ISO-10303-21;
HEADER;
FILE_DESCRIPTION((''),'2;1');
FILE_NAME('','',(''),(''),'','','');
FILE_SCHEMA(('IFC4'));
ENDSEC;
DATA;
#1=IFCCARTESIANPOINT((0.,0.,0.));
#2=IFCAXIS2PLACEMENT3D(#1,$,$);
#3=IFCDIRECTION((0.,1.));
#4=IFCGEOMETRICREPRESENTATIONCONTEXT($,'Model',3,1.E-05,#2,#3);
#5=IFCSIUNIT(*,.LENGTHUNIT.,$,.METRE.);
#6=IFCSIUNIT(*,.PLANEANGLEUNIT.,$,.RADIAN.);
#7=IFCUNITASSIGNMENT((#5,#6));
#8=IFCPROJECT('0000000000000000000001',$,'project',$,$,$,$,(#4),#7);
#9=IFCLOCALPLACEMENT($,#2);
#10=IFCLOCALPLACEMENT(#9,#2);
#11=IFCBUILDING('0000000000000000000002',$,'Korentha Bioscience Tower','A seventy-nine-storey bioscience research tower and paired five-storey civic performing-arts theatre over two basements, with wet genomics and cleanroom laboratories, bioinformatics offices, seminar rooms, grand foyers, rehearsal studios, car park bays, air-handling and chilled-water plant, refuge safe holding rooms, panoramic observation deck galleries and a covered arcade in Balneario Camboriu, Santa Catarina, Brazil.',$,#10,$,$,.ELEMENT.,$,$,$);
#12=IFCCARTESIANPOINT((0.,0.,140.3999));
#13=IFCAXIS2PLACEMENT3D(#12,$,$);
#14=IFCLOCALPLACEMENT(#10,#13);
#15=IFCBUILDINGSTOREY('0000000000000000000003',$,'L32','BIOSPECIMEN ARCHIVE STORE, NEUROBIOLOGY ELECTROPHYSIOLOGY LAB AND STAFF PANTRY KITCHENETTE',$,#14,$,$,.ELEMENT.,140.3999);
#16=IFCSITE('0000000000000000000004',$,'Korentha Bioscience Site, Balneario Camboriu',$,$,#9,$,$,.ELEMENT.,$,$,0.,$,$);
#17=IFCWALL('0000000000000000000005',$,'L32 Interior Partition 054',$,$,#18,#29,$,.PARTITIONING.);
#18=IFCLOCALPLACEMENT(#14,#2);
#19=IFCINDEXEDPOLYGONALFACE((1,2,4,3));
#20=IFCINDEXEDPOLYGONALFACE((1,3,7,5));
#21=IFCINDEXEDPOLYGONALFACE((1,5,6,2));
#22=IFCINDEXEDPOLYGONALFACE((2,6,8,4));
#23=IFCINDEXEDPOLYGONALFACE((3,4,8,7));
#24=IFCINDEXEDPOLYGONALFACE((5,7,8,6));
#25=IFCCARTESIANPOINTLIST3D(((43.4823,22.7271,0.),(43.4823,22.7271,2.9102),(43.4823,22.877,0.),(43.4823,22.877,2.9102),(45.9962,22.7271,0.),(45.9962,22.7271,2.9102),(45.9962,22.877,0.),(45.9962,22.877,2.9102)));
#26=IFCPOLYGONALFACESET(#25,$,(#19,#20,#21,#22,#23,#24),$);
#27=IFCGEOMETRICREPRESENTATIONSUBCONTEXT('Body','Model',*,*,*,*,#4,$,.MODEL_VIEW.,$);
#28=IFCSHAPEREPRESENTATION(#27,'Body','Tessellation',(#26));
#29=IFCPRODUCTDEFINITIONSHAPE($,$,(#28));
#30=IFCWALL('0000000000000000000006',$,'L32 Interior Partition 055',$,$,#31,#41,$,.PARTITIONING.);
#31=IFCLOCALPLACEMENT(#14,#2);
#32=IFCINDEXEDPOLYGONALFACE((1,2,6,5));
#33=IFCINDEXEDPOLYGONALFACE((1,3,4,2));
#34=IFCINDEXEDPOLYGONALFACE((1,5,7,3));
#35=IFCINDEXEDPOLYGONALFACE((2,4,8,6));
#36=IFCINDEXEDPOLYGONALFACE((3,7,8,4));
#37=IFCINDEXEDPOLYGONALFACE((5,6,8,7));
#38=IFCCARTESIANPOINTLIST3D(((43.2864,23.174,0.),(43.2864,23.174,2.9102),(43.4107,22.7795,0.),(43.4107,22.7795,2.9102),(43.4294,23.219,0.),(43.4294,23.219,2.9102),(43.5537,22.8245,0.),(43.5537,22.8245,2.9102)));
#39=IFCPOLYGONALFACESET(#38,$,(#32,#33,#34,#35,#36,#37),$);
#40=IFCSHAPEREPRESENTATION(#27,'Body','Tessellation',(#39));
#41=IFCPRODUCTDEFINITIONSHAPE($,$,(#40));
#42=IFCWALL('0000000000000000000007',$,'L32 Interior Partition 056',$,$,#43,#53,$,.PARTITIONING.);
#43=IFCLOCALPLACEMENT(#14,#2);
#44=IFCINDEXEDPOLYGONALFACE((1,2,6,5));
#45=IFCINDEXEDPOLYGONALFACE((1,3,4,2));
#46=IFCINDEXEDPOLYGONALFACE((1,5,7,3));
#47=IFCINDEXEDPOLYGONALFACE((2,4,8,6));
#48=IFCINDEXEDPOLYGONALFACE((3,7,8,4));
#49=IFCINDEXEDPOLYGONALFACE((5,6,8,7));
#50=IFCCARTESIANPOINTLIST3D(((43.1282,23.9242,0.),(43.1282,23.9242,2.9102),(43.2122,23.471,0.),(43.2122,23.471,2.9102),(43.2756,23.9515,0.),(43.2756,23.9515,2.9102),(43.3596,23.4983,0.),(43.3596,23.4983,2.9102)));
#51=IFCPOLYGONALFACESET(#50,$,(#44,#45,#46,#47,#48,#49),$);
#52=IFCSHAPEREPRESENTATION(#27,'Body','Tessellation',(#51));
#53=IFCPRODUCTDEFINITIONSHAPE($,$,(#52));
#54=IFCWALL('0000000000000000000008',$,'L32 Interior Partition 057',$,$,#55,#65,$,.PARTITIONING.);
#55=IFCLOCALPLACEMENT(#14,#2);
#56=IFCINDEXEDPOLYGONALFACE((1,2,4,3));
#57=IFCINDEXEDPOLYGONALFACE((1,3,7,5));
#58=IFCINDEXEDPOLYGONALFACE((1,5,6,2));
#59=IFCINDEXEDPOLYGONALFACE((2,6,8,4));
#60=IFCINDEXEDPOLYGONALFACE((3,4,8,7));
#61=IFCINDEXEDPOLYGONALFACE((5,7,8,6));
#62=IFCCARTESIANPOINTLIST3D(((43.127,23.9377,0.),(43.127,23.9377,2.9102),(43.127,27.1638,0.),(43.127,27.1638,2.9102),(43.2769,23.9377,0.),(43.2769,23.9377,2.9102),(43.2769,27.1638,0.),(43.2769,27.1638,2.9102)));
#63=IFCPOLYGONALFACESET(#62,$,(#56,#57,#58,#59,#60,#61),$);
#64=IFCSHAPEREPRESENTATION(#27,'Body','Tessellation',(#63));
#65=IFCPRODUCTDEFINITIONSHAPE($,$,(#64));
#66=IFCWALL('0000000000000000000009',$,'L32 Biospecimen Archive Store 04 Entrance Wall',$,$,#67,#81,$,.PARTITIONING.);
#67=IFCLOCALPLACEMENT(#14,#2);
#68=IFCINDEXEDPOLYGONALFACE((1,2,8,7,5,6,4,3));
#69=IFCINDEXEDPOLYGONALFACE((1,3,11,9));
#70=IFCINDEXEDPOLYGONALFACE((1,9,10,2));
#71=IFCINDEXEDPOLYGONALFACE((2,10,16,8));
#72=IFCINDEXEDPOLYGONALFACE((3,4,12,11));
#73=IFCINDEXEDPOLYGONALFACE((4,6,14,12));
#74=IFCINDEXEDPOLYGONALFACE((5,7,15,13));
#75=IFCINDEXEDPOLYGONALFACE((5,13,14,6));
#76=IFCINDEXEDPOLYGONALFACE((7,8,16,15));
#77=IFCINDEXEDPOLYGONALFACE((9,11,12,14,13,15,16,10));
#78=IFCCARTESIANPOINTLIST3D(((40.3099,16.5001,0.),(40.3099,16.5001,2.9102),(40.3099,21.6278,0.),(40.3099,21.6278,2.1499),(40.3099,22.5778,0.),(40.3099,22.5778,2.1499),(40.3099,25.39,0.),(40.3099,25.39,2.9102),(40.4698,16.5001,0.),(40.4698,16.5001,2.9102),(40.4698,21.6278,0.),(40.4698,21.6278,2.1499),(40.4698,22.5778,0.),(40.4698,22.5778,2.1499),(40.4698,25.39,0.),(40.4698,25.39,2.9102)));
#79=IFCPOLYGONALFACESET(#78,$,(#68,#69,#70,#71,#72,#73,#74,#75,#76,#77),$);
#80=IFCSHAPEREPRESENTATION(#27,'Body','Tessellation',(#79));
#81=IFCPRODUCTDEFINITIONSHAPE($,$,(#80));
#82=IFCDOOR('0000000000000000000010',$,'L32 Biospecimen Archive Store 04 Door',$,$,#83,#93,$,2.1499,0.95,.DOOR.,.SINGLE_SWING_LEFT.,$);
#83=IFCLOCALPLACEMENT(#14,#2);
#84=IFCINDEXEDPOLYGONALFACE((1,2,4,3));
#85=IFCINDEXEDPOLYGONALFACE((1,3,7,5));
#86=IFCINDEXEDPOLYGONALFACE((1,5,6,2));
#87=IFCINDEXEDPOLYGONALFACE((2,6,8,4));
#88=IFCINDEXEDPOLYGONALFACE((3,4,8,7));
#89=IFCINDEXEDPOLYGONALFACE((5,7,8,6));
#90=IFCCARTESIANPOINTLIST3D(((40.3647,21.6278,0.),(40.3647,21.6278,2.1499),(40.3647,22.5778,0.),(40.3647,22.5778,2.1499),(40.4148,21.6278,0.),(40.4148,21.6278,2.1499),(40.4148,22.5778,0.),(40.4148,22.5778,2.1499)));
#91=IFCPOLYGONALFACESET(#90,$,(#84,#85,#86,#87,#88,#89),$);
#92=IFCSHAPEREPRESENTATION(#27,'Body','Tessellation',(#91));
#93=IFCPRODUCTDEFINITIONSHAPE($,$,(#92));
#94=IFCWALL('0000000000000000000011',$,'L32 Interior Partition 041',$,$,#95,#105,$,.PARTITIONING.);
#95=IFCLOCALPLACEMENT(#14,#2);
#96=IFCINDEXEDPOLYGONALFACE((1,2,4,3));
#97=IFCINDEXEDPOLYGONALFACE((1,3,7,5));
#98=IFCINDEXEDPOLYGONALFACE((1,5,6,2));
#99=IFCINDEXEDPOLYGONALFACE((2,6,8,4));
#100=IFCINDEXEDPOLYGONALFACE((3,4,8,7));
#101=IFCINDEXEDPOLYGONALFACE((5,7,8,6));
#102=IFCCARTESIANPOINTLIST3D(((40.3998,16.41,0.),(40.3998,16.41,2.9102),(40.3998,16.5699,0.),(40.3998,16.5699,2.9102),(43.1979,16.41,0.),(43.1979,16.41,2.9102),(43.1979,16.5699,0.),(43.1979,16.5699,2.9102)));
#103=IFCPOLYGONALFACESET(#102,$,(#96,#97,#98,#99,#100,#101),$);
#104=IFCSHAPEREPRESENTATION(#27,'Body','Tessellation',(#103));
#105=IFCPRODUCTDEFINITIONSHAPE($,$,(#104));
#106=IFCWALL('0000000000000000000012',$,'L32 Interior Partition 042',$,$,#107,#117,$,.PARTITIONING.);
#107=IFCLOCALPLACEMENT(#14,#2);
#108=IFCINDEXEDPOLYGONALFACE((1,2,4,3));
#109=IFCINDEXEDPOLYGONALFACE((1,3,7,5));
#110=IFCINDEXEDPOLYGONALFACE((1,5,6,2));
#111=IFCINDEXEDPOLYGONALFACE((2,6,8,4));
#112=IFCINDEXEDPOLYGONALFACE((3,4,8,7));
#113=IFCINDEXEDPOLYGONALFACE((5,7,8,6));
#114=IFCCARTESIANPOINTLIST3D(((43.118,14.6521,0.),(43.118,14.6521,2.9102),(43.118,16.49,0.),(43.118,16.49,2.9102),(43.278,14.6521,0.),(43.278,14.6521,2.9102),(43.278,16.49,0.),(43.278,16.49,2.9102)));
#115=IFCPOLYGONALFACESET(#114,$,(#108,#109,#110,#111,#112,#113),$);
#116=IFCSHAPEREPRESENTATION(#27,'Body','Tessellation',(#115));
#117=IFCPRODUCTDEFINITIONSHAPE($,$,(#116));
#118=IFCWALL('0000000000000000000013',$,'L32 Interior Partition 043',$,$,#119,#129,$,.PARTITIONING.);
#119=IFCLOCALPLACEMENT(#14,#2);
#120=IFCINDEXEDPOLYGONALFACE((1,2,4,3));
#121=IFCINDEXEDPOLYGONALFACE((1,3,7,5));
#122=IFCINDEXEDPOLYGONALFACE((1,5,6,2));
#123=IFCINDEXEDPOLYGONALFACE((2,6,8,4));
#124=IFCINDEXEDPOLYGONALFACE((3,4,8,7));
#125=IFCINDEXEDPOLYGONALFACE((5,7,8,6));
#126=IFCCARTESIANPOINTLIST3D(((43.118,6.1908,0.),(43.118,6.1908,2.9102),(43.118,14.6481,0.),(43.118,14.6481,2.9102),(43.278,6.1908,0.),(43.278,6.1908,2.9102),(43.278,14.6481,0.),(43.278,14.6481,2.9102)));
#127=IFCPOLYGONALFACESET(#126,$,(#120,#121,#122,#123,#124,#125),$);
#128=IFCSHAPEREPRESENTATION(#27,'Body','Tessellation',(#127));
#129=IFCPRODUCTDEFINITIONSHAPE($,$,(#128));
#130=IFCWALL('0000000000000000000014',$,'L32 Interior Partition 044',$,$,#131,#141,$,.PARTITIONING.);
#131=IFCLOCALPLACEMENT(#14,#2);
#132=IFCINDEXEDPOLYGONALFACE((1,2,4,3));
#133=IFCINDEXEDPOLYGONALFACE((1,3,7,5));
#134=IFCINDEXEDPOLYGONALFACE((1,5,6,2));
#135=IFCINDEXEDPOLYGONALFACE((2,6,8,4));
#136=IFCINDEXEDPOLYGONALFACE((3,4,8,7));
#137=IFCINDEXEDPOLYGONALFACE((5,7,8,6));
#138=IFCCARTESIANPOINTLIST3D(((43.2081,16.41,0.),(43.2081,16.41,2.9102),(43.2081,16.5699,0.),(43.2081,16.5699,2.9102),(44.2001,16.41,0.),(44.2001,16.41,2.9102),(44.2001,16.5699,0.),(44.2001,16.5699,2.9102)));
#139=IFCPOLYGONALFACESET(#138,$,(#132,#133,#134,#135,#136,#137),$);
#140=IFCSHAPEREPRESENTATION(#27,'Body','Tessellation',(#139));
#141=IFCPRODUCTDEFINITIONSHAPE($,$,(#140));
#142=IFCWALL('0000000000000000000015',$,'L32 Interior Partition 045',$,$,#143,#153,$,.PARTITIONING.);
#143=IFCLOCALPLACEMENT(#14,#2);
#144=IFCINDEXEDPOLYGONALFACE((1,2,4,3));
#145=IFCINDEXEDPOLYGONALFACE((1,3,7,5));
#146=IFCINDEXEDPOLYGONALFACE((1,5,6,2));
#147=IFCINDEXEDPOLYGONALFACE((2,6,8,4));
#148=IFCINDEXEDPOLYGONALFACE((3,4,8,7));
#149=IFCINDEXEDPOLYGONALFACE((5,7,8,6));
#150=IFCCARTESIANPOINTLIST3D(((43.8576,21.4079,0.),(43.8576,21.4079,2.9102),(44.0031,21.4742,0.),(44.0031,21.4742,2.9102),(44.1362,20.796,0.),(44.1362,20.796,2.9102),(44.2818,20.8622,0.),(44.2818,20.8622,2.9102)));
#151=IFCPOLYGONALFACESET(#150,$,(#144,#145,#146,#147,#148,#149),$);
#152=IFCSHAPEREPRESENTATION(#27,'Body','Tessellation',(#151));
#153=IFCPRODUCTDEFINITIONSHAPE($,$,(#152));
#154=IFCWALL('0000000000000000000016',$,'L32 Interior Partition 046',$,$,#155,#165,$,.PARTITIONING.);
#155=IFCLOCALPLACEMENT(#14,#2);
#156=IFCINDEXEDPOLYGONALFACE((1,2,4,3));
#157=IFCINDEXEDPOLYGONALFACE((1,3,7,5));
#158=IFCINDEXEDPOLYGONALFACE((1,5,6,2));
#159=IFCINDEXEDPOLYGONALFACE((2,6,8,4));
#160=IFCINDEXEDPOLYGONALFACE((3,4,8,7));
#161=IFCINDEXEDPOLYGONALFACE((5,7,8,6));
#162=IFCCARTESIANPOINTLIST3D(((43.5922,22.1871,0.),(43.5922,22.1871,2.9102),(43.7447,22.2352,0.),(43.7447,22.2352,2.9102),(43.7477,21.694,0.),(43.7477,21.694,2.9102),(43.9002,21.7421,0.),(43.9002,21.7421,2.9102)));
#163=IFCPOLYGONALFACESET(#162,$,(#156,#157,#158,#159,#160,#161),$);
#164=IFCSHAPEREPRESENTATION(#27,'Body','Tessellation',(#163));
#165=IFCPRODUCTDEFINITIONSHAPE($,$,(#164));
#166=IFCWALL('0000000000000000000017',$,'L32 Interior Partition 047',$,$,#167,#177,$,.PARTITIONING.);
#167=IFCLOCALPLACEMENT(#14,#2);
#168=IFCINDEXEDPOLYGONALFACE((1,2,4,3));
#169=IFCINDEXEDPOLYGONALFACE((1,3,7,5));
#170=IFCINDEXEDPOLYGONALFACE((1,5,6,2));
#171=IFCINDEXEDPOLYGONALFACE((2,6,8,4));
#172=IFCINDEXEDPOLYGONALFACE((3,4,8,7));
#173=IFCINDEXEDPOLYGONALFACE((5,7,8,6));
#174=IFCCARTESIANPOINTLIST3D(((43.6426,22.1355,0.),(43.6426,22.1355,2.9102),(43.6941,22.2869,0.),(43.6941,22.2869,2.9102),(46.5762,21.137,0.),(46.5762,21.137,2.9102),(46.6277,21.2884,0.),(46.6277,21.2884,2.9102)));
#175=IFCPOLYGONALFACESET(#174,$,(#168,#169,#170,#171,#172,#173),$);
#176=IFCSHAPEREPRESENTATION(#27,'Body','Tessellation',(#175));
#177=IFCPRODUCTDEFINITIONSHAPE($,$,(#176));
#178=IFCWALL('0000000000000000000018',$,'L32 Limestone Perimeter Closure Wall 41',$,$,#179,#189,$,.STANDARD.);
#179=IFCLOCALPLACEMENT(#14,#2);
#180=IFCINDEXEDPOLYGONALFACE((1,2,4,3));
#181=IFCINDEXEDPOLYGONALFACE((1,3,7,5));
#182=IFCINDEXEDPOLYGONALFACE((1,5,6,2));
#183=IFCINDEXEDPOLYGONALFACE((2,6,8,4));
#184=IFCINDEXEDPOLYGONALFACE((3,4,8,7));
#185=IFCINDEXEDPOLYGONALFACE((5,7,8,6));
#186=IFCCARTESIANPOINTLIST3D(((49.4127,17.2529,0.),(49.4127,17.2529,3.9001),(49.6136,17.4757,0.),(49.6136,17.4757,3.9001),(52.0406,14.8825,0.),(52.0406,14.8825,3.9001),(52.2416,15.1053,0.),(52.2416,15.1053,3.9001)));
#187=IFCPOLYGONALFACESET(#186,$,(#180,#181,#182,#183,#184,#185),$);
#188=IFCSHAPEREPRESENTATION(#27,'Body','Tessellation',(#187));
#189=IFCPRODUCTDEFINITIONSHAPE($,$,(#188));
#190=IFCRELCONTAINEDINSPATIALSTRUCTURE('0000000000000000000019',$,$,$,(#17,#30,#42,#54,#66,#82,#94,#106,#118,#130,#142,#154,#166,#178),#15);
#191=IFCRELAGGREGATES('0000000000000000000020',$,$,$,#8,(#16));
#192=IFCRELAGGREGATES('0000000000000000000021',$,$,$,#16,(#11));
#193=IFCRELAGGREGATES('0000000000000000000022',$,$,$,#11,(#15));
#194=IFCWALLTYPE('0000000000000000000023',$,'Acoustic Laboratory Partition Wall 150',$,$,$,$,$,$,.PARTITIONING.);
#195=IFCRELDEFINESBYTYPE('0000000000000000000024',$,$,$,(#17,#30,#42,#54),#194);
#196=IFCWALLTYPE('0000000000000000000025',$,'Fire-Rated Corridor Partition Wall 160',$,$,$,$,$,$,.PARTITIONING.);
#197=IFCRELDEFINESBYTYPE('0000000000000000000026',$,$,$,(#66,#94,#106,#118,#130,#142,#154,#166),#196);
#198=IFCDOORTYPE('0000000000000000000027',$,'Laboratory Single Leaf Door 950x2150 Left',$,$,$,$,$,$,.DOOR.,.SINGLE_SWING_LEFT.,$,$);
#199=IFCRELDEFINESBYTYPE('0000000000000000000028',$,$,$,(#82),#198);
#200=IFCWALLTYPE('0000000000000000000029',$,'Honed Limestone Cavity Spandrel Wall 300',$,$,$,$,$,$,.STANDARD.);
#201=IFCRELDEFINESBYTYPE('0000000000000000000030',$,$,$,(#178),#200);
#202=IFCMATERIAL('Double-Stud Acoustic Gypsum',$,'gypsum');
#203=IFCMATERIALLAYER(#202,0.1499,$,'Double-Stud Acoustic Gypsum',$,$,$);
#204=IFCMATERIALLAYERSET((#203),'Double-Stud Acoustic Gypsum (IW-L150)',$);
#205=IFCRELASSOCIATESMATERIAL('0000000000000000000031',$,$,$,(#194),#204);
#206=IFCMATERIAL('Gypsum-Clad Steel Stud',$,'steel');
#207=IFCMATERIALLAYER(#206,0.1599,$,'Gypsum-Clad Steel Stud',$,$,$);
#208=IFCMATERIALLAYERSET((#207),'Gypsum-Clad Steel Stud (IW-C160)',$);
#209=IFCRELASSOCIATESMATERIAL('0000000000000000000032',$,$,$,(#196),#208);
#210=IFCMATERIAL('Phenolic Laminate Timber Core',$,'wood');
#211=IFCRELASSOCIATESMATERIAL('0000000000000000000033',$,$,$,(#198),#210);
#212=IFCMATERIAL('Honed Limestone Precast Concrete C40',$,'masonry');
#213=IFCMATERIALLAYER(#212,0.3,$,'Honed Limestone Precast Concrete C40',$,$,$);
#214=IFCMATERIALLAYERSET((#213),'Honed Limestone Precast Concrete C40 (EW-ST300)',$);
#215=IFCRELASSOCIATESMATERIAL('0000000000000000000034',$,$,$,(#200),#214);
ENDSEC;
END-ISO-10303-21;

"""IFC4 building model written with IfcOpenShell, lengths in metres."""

from ifc_helpers import new_model, si_unit, direction, frame, frame_2d, origin, place, context, subcontext, project, spatial, rectangle, extrude, material, layer, layer_set, type_object, element, fill, save


model = new_model("IFC4")

# Units and contexts
model_context = context("Model", 3, precision=1e-05, world=origin(), true_north=direction((0.0, 1.0)))
body_context = subcontext(model_context, "Body", "Model", "MODEL_VIEW")
ifc_project = project(units=[si_unit("LENGTHUNIT", "METRE"), si_unit("PLANEANGLEUNIT", "RADIAN")], contexts=[model_context])

# Site, building, storey
site_placement = place(None, origin())
site = spatial("IfcSite", under=ifc_project, at=site_placement, Name="Korentha Bioscience Site, Balneario Camboriu", CompositionType="ELEMENT", RefElevation=0.0)
building_placement = place(site_placement, origin())
building = spatial("IfcBuilding", under=site, at=building_placement, Name="Korentha Bioscience Tower", Description="A seventy-nine-storey bioscience research tower and paired five-storey civic performing-arts theatre over two basements, with wet genomics and cleanroom laboratories, bioinformatics offices, seminar rooms, grand foyers, rehearsal studios, car park bays, air-handling and chilled-water plant, refuge safe holding rooms, panoramic observation deck galleries and a covered arcade in Balneario Camboriu, Santa Catarina, Brazil.", CompositionType="ELEMENT")
storey_placement = place(building_placement, frame((0.0, 0.0, 140.3999)))
storey = spatial("IfcBuildingStorey", under=building, at=storey_placement, Name="L32", Description="BIOSPECIMEN ARCHIVE STORE, NEUROBIOLOGY ELECTROPHYSIOLOGY LAB AND STAFF PANTRY KITCHENETTE", CompositionType="ELEMENT", Elevation=140.3999)

# Walls
ifc_material_1 = material(Name="Double-Stud Acoustic Gypsum", Category="gypsum")
ifc_layer_1 = layer(ifc_material_1, 0.1499, Name="Double-Stud Acoustic Gypsum")
ifc_layer_set_1 = layer_set([ifc_layer_1], Name="Double-Stud Acoustic Gypsum (IW-L150)")
wall_type_1 = type_object("IfcWallType", Name="Acoustic Laboratory Partition Wall 150", PredefinedType="PARTITIONING", material=ifc_layer_set_1)
wall_1_placement = place(storey_placement, frame((45.9961, 22.802, 0.0), z_axis=(0.0, 0.0, 1.0), x_axis=(-1.0, 0.0, 0.0)))
element("IfcWall", 1, at=wall_1_placement, inside=storey, type_object=wall_type_1, Name="L32 Interior Partition 054", PredefinedType="PARTITIONING", context=body_context, shape_type="SweptSolid", body=[
    extrude(rectangle(XDim=2.5139, YDim=0.1499, at=frame_2d((1.2568, 0.0))), origin(), (0.0, 0.0, 1.0), 2.9102),
])
wall_2_placement = place(storey_placement, frame((43.4822, 22.802, 0.0), z_axis=(0.0, 0.0, 1.0), x_axis=(-0.300425, 0.953805, 0.0)))
element("IfcWall", 2, at=wall_2_placement, inside=storey, type_object=wall_type_1, Name="L32 Interior Partition 055", PredefinedType="PARTITIONING", context=body_context, shape_type="SweptSolid", body=[
    extrude(rectangle(XDim=0.4136, YDim=0.1499, at=frame_2d((0.2068, 0.0))), origin(), (0.0, 0.0, 1.0), 2.9102),
])
wall_3_placement = place(storey_placement, frame((43.2859, 23.4846, 0.0), z_axis=(0.0, 0.0, 1.0), x_axis=(-0.182241, 0.983254, 0.0)))
element("IfcWall", 3, at=wall_3_placement, inside=storey, type_object=wall_type_1, Name="L32 Interior Partition 056", PredefinedType="PARTITIONING", context=body_context, shape_type="SweptSolid", body=[
    extrude(rectangle(XDim=0.4609, YDim=0.1499, at=frame_2d((0.2305, 0.0))), origin(), (0.0, 0.0, 1.0), 2.9102),
])
wall_4_placement = place(storey_placement, frame((43.2019, 23.9377, 0.0), z_axis=(0.0, 0.0, 1.0), x_axis=(0.0, 1.0, 0.0)))
element("IfcWall", 4, at=wall_4_placement, inside=storey, type_object=wall_type_1, Name="L32 Interior Partition 057", PredefinedType="PARTITIONING", context=body_context, shape_type="SweptSolid", body=[
    extrude(rectangle(XDim=3.2261, YDim=0.1499, at=frame_2d((1.613, 0.0))), origin(), (0.0, 0.0, 1.0), 2.9102),
])

# Wall, opening, door
ifc_material_2 = material(Name="Gypsum-Clad Steel Stud", Category="steel")
ifc_layer_2 = layer(ifc_material_2, 0.1599, Name="Gypsum-Clad Steel Stud")
ifc_layer_set_2 = layer_set([ifc_layer_2], Name="Gypsum-Clad Steel Stud (IW-C160)")
wall_type_2 = type_object("IfcWallType", Name="Fire-Rated Corridor Partition Wall 160", PredefinedType="PARTITIONING", material=ifc_layer_set_2)
wall_5_placement = place(storey_placement, frame((40.3899, 25.3899, 0.0), z_axis=(0.0, 0.0, 1.0), x_axis=(0.0, -1.0, 0.0)))
wall_5 = element("IfcWall", 5, at=wall_5_placement, inside=storey, type_object=wall_type_2, Name="L32 Biospecimen Archive Store 04 Entrance Wall", PredefinedType="PARTITIONING", context=body_context, shape_type="SweptSolid", body=[
    extrude(rectangle(XDim=8.8899, YDim=0.1599, at=frame_2d((4.4448, 0.0))), origin(), (0.0, 0.0, 1.0), 2.9102),
])
opening_1_placement = place(wall_5_placement, frame((2.812, 0.0, 0.0)))
opening_1 = element("IfcOpeningElement", 6, at=opening_1_placement, cuts=wall_5, PredefinedType="OPENING", context=body_context, shape_type="SweptSolid", body=[
    extrude(rectangle(XDim=0.95, YDim=2.1499, at=frame_2d((0.4751, 1.075))), frame((0.0, 0.0947, 0.0), z_axis=(0.0, -1.0, 0.0), x_axis=(1.0, 0.0, 0.0)), (0.0, 0.0, 1.0), 0.1897),
])
ifc_material_3 = material(Name="Phenolic Laminate Timber Core", Category="wood")
door_type_1 = type_object("IfcDoorType", Name="Laboratory Single Leaf Door 950x2150 Left", OperationType="SINGLE_SWING_LEFT", PredefinedType="DOOR", material=ifc_material_3)
door_1_placement = place(opening_1_placement, origin())
door_1 = element("IfcDoor", 7, at=door_1_placement, inside=storey, type_object=door_type_1, Name="L32 Biospecimen Archive Store 04 Door", OperationType="SINGLE_SWING_LEFT", OverallHeight=2.1499, OverallWidth=0.95, PredefinedType="DOOR", context=body_context, shape_type="SweptSolid", body=[
    extrude(rectangle(XDim=0.95, YDim=2.1499, at=frame_2d((0.4751, 1.075))), frame((0.0, 0.0249, 0.0), z_axis=(0.0, -1.0, 0.0), x_axis=(1.0, 0.0, 0.0)), (0.0, 0.0, 1.0), 0.05),
])
fill(opening_1, door_1)

# Walls
wall_6_placement = place(storey_placement, frame((40.3999, 16.49, 0.0), z_axis=(0.0, 0.0, 1.0), x_axis=(1.0, 0.0, 0.0)))
element("IfcWall", 8, at=wall_6_placement, inside=storey, type_object=wall_type_2, Name="L32 Interior Partition 041", PredefinedType="PARTITIONING", context=body_context, shape_type="SweptSolid", body=[
    extrude(rectangle(XDim=2.7981, YDim=0.1599, at=frame_2d((1.3989, 0.0))), origin(), (0.0, 0.0, 1.0), 2.9102),
])
wall_7_placement = place(storey_placement, frame((43.198, 16.49, 0.0), z_axis=(0.0, 0.0, 1.0), x_axis=(0.0, -1.0, 0.0)))
element("IfcWall", 9, at=wall_7_placement, inside=storey, type_object=wall_type_2, Name="L32 Interior Partition 042", PredefinedType="PARTITIONING", context=body_context, shape_type="SweptSolid", body=[
    extrude(rectangle(XDim=1.8379, YDim=0.1599, at=frame_2d((0.9189, 0.0))), origin(), (0.0, 0.0, 1.0), 2.9102),
])
wall_8_placement = place(storey_placement, frame((43.198, 14.6479, 0.0), z_axis=(0.0, 0.0, 1.0), x_axis=(0.0, -1.0, 0.0)))
element("IfcWall", 10, at=wall_8_placement, inside=storey, type_object=wall_type_2, Name="L32 Interior Partition 043", PredefinedType="PARTITIONING", context=body_context, shape_type="SweptSolid", body=[
    extrude(rectangle(XDim=8.4573, YDim=0.1599, at=frame_2d((4.2285, 0.0))), origin(), (0.0, 0.0, 1.0), 2.9102),
])
wall_9_placement = place(storey_placement, frame((43.208, 16.49, 0.0), z_axis=(0.0, 0.0, 1.0), x_axis=(1.0, 0.0, 0.0)))
element("IfcWall", 11, at=wall_9_placement, inside=storey, type_object=wall_type_2, Name="L32 Interior Partition 044", PredefinedType="PARTITIONING", context=body_context, shape_type="SweptSolid", body=[
    extrude(rectangle(XDim=0.9919, YDim=0.1599, at=frame_2d((0.4961, 0.0))), origin(), (0.0, 0.0, 1.0), 2.9102),
])
wall_10_placement = place(storey_placement, frame((44.209, 20.8291, 0.0), z_axis=(0.0, 0.0, 1.0), x_axis=(-0.414377, 0.910105, 0.0)))
element("IfcWall", 12, at=wall_10_placement, inside=storey, type_object=wall_type_2, Name="L32 Interior Partition 045", PredefinedType="PARTITIONING", context=body_context, shape_type="SweptSolid", body=[
    extrude(rectangle(XDim=0.6724, YDim=0.1599, at=frame_2d((0.3362, 0.0))), origin(), (0.0, 0.0, 1.0), 2.9102),
])
wall_11_placement = place(storey_placement, frame((43.824, 21.718, 0.0), z_axis=(0.0, 0.0, 1.0), x_axis=(-0.300747, 0.953704, 0.0)))
element("IfcWall", 13, at=wall_11_placement, inside=storey, type_object=wall_type_2, Name="L32 Interior Partition 046", PredefinedType="PARTITIONING", context=body_context, shape_type="SweptSolid", body=[
    extrude(rectangle(XDim=0.5171, YDim=0.1599, at=frame_2d((0.2585, 0.0))), origin(), (0.0, 0.0, 1.0), 2.9102),
])
wall_12_placement = place(storey_placement, frame((43.6685, 22.2112, 0.0), z_axis=(0.0, 0.0, 1.0), x_axis=(0.946663, -0.322225, 0.0)))
element("IfcWall", 14, at=wall_12_placement, inside=storey, type_object=wall_type_2, Name="L32 Interior Partition 047", PredefinedType="PARTITIONING", context=body_context, shape_type="SweptSolid", body=[
    extrude(rectangle(XDim=3.0989, YDim=0.1599, at=frame_2d((1.5493, 0.0))), origin(), (0.0, 0.0, 1.0), 2.9102),
])
ifc_material_4 = material(Name="Honed Limestone Precast Concrete C40", Category="masonry")
ifc_layer_3 = layer(ifc_material_4, 0.3, Name="Honed Limestone Precast Concrete C40")
ifc_layer_set_3 = layer_set([ifc_layer_3], Name="Honed Limestone Precast Concrete C40 (EW-ST300)")
wall_type_3 = type_object("IfcWallType", Name="Honed Limestone Cavity Spandrel Wall 300", PredefinedType="STANDARD", material=ifc_layer_set_3)
wall_13_placement = place(storey_placement, frame((52.1411, 14.9939, 0.0), z_axis=(0.0, 0.0, 1.0), x_axis=(-0.74256, 0.66978, 0.0)))
element("IfcWall", 15, at=wall_13_placement, inside=storey, type_object=wall_type_3, Name="L32 Limestone Perimeter Closure Wall 41", PredefinedType="STANDARD", context=body_context, shape_type="SweptSolid", body=[
    extrude(rectangle(XDim=3.5391, YDim=0.3, at=frame_2d((1.7695, 0.0))), origin(), (0.0, 0.0, 1.0), 3.9001),
])

save(model, "model.ifc")
